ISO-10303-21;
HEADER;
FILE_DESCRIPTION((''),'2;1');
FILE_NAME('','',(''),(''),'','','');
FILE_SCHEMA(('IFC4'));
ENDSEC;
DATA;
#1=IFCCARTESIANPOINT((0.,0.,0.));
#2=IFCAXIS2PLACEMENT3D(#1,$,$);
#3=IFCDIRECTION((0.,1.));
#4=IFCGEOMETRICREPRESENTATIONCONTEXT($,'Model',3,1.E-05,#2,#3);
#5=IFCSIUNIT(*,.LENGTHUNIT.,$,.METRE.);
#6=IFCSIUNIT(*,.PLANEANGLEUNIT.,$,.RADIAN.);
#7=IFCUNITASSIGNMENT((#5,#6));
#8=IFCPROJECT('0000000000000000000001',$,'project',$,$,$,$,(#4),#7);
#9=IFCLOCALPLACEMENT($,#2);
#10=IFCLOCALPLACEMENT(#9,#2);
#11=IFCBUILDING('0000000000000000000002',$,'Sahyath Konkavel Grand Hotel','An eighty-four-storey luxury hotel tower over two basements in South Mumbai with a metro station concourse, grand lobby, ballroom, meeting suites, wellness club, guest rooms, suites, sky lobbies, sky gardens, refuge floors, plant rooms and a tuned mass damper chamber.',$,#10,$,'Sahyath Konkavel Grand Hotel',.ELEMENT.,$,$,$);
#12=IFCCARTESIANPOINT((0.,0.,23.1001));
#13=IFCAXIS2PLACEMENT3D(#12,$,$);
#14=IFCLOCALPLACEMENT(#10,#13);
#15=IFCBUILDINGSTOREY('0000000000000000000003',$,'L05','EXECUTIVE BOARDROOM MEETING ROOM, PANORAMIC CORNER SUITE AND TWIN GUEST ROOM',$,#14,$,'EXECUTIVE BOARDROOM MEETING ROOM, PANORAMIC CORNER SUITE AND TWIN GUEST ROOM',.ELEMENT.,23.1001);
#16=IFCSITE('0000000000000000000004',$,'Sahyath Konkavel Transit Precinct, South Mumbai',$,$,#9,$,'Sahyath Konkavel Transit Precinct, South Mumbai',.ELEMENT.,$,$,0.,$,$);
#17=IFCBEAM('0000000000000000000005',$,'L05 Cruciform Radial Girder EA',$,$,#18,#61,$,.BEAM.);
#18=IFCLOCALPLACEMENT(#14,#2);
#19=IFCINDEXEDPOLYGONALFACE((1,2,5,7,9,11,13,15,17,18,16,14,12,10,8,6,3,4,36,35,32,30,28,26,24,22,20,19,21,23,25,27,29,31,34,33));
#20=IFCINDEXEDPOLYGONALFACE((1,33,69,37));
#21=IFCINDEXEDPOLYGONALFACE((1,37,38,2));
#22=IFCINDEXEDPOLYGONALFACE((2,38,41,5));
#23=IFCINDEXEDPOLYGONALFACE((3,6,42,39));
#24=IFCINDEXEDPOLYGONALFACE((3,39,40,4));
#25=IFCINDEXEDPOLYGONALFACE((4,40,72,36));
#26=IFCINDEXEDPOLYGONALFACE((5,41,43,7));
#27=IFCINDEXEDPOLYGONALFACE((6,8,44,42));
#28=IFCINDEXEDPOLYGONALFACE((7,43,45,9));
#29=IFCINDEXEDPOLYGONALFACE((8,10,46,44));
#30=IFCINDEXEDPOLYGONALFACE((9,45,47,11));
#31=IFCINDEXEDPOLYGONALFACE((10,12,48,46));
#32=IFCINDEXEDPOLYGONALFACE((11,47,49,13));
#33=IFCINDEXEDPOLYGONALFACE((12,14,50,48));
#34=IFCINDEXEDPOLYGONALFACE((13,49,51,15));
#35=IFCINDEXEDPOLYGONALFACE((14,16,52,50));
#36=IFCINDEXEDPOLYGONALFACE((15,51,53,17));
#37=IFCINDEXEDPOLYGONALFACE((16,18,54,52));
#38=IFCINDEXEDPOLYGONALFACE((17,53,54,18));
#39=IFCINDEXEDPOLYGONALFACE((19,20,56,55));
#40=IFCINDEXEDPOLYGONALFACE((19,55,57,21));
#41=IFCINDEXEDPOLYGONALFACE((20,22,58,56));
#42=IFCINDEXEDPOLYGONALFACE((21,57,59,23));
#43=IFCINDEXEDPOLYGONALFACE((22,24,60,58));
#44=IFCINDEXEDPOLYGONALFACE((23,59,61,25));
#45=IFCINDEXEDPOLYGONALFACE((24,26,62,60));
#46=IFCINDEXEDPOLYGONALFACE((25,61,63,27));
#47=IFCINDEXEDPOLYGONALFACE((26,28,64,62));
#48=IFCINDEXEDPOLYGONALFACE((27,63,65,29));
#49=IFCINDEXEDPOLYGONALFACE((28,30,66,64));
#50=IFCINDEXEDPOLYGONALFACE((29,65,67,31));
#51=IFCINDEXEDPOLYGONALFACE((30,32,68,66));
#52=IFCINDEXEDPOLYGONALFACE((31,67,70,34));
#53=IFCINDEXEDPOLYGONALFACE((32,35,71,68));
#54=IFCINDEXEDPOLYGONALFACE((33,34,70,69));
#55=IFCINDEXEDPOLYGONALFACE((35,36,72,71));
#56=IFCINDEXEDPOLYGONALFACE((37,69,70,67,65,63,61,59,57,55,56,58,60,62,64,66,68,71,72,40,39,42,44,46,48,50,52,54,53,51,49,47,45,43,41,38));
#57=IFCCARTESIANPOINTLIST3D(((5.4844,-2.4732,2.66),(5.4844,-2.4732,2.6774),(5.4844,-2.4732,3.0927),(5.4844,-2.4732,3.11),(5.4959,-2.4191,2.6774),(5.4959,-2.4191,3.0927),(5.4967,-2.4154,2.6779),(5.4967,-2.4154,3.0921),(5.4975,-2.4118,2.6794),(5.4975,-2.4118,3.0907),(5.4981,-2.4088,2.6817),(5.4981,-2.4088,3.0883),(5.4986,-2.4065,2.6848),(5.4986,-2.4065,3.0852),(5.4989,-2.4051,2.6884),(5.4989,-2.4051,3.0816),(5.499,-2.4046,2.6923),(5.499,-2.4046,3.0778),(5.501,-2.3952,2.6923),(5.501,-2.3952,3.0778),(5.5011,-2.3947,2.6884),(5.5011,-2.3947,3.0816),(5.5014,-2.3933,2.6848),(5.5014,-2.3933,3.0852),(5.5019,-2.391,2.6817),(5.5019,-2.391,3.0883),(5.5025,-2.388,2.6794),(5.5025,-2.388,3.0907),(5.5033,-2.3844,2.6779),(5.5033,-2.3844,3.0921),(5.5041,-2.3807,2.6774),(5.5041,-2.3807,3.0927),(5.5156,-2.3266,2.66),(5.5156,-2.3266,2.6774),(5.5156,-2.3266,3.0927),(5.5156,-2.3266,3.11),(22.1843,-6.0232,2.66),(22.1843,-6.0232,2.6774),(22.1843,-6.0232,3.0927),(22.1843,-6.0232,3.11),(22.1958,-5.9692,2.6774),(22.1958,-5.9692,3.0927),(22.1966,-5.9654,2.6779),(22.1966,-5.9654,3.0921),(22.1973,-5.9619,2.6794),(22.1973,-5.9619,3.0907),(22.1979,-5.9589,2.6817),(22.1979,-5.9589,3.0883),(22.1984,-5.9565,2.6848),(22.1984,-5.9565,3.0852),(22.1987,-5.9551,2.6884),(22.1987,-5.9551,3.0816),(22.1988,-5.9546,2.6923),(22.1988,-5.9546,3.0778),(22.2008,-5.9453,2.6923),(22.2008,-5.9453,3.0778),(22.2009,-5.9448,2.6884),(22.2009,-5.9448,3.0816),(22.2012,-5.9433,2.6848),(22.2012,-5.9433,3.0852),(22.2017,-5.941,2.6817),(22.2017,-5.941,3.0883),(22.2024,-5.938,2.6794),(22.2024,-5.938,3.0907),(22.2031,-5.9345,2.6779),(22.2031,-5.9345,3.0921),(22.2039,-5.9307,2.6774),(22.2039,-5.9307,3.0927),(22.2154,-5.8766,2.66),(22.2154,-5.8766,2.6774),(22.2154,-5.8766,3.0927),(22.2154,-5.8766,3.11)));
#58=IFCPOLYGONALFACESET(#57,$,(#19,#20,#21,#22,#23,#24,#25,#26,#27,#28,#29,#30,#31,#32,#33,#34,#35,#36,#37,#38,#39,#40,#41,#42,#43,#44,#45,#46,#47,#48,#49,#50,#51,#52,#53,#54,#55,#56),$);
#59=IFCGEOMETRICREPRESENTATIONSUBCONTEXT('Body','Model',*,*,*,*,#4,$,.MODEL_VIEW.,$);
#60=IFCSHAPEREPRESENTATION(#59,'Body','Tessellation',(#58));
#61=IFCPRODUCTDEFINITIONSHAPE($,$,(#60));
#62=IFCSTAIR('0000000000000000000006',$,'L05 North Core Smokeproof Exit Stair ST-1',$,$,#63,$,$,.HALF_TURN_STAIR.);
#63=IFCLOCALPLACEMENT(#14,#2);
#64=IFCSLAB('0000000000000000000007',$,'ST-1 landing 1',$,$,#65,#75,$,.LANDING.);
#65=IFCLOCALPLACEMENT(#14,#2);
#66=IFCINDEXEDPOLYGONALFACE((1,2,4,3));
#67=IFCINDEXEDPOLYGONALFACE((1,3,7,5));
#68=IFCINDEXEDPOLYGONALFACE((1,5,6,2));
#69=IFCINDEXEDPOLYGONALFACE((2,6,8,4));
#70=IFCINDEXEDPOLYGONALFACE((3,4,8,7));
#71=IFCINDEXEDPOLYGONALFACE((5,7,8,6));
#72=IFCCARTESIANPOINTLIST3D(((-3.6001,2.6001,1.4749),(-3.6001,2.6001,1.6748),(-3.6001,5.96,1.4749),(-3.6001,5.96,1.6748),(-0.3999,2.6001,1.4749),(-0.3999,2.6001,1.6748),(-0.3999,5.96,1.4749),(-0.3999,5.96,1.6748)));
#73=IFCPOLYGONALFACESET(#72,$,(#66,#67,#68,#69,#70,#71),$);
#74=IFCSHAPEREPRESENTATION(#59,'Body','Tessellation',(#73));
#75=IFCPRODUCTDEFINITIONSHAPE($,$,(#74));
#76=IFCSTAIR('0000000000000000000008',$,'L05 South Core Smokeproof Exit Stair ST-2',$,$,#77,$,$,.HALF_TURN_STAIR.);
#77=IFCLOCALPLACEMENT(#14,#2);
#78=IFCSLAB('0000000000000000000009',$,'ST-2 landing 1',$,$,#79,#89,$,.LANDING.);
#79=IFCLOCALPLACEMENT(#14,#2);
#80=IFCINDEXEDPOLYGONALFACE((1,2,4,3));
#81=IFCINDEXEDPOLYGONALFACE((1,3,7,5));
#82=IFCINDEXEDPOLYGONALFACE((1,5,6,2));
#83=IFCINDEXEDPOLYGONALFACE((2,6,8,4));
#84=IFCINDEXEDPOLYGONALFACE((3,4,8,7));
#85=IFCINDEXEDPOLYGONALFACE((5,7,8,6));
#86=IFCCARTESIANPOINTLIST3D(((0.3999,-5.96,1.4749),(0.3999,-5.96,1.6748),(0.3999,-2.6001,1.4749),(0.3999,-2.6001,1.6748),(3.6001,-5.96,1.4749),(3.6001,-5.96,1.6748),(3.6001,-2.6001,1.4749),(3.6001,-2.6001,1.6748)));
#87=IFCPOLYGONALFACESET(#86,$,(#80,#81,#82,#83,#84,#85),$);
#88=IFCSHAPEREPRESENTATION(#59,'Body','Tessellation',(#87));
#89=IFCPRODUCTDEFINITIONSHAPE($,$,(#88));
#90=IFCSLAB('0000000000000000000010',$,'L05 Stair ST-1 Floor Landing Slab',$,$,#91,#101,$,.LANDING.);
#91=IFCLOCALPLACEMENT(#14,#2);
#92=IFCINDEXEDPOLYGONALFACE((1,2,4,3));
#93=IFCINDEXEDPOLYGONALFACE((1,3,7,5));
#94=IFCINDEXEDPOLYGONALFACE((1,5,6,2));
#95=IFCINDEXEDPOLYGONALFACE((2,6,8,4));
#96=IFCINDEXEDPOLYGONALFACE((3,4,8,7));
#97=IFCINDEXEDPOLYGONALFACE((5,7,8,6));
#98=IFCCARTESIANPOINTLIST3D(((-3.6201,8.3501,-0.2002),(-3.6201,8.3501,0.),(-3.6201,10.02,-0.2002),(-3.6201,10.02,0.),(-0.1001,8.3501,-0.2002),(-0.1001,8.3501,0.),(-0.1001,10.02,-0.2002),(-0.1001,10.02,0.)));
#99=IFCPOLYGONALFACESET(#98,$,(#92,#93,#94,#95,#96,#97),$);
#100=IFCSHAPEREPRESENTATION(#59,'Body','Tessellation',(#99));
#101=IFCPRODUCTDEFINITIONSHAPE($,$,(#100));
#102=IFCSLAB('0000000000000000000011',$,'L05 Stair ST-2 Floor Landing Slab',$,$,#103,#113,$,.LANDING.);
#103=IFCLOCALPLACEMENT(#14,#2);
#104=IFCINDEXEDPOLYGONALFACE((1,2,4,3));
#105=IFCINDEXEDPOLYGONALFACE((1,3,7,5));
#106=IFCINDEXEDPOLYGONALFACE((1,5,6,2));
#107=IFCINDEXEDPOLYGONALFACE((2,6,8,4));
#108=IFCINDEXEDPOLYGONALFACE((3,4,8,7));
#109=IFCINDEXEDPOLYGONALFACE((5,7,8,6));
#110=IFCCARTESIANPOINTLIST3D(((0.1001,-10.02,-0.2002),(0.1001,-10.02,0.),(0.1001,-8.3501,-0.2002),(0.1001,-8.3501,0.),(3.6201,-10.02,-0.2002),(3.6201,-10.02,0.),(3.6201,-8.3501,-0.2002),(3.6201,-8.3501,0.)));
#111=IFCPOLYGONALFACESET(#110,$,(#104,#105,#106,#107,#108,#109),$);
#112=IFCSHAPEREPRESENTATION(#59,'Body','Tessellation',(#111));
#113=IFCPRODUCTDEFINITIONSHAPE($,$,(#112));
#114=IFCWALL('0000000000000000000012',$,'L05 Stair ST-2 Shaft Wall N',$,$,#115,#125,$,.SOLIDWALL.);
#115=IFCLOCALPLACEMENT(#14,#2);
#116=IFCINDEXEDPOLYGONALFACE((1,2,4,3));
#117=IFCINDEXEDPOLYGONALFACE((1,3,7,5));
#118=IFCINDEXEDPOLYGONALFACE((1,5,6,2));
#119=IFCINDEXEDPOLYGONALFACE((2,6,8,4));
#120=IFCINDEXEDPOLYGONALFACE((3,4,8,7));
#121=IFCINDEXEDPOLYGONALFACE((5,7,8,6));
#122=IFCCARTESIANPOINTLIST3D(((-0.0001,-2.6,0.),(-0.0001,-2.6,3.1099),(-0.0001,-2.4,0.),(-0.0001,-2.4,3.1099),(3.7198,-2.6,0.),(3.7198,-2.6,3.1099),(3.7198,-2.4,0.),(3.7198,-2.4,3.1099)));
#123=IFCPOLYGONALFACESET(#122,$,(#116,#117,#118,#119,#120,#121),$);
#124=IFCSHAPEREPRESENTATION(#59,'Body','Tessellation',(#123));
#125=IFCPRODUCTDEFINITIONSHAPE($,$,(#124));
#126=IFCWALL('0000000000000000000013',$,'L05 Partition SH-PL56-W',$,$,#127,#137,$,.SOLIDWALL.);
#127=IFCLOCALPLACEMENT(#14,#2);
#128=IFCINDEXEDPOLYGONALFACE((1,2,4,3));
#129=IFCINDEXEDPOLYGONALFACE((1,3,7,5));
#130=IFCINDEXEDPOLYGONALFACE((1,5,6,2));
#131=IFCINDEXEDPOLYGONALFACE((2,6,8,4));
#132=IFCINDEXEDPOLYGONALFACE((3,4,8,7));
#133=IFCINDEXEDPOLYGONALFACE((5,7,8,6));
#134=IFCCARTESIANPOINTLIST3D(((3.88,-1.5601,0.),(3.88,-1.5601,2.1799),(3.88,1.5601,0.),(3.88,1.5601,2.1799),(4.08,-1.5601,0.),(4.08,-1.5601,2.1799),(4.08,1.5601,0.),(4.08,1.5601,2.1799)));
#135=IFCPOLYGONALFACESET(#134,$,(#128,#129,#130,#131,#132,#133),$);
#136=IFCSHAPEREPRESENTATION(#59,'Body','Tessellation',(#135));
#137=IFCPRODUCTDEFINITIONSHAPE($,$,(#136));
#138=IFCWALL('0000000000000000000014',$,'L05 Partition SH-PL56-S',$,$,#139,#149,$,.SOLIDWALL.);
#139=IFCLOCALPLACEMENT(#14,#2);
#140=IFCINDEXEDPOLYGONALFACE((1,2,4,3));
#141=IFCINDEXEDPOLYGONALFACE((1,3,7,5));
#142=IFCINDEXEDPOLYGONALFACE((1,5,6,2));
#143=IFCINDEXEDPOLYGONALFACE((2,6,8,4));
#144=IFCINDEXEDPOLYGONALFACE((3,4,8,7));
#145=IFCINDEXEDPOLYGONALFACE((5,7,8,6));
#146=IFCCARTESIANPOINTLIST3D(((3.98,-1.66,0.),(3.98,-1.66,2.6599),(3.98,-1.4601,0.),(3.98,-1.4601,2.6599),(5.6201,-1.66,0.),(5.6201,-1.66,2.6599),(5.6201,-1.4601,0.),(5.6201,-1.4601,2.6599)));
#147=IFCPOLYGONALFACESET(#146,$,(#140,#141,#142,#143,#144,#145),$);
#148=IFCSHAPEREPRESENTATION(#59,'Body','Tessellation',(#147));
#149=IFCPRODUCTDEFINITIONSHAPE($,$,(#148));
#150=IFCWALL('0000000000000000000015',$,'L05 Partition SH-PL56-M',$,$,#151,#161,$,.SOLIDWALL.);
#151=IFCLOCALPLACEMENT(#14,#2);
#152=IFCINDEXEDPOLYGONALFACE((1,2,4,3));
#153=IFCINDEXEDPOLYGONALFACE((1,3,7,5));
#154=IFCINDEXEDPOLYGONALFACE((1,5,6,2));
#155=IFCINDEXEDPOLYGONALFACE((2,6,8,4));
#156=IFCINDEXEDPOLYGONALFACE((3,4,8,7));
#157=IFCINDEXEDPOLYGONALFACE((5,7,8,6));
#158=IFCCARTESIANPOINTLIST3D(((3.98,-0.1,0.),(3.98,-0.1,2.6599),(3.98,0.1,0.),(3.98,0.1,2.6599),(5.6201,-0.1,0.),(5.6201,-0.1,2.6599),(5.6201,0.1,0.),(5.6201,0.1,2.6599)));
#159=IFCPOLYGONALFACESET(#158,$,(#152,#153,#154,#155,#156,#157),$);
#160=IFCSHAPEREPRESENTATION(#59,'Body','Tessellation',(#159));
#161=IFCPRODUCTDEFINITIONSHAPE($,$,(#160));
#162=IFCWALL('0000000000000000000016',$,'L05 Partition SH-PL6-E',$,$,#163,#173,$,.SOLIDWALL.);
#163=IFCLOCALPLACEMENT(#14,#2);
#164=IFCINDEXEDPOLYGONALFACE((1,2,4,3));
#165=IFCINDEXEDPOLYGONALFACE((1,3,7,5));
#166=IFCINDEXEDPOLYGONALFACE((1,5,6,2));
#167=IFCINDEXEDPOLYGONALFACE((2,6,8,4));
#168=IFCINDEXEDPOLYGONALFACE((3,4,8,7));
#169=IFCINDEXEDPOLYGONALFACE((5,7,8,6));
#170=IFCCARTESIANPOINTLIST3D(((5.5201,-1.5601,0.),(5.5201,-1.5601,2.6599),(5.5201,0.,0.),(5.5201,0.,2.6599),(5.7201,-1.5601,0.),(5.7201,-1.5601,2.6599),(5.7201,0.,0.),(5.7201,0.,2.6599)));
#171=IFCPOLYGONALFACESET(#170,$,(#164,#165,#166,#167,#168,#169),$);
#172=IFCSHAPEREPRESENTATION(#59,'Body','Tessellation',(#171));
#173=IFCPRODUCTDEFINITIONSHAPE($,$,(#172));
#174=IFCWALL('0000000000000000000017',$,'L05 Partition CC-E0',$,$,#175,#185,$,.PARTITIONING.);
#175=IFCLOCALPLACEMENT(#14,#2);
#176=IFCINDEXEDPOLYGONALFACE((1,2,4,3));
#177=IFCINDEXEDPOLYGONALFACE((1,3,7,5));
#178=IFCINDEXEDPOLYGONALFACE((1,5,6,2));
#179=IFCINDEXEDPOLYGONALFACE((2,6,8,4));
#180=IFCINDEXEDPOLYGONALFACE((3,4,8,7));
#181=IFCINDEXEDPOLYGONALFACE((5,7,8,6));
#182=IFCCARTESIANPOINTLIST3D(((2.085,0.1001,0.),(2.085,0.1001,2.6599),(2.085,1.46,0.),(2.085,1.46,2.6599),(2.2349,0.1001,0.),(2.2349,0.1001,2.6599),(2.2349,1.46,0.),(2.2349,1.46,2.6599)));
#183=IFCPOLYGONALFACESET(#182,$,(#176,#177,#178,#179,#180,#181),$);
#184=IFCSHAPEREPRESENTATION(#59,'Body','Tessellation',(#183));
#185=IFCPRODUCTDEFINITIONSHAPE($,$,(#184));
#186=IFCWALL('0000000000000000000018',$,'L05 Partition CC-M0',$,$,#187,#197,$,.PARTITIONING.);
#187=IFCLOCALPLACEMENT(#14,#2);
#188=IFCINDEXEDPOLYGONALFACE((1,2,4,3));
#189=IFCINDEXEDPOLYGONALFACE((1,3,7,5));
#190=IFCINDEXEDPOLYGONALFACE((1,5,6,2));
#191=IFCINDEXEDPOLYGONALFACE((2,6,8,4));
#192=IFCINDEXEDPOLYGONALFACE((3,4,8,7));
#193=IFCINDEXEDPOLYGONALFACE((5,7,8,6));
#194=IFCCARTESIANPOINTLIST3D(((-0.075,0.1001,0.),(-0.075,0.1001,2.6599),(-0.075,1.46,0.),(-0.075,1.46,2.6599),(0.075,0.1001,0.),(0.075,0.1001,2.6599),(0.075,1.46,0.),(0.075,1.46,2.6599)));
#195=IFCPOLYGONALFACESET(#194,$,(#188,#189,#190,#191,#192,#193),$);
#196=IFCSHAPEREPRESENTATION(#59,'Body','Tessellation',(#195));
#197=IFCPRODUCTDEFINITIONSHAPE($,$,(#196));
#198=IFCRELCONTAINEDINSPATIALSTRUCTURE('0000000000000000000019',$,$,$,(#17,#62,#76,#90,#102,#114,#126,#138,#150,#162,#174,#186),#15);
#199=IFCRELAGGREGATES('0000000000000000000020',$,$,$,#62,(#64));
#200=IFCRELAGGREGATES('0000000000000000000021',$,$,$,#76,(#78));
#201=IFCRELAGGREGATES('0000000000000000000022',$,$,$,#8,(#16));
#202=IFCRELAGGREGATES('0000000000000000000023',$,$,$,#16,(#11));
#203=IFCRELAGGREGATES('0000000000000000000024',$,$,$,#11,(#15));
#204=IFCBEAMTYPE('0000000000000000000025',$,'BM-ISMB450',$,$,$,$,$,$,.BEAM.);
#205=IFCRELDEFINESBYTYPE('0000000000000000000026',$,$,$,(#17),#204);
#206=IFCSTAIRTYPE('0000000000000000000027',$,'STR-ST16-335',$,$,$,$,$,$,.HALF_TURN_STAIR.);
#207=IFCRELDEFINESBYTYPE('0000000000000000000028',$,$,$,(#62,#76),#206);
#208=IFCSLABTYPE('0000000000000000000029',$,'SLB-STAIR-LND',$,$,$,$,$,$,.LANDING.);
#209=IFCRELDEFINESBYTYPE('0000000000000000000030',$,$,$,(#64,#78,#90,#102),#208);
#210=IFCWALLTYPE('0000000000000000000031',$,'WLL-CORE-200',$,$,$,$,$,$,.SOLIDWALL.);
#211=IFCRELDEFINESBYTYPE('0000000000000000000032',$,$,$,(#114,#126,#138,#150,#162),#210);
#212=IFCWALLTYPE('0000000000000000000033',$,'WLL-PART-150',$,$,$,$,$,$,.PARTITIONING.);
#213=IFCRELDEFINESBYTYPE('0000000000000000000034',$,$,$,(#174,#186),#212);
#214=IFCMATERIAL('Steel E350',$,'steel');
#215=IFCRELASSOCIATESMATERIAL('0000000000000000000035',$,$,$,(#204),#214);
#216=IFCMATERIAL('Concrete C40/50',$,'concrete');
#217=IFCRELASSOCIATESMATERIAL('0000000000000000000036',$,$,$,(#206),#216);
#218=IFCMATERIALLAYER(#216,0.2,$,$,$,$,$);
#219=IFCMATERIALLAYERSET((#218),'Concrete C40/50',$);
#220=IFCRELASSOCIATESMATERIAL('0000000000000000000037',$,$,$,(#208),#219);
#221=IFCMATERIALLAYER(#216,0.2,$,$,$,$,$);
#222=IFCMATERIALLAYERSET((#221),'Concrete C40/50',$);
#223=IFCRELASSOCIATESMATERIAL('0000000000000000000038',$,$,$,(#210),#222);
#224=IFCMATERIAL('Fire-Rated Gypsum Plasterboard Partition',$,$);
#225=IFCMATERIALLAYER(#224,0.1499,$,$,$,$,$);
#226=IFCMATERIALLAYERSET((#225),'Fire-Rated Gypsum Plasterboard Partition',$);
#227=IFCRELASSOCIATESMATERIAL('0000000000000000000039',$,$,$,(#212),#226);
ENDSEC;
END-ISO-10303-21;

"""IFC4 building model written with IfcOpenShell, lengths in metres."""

from ifc_helpers import new_model, si_unit, direction, frame, frame_2d, origin, origin_2d, place, context, subcontext, project, spatial, polyline, rectangle, i_section, outline, extrude, source, transform, mapped, material, layer, layer_set, material_profile, profile_set, type_object, element, aggregate, save


model = new_model("IFC4")

# Units and contexts
model_context = context("Model", 3, precision=1e-05, world=origin(), true_north=direction((0.0, 1.0)))
body_context = subcontext(model_context, "Body", "Model", "MODEL_VIEW")
ifc_project = project(units=[si_unit("LENGTHUNIT", "METRE"), si_unit("PLANEANGLEUNIT", "RADIAN")], contexts=[model_context])

# Site, building, storey
site_placement = place(None, origin())
site = spatial("IfcSite", under=ifc_project, at=site_placement, Name="Sahyath Konkavel Transit Precinct, South Mumbai", LongName="Sahyath Konkavel Transit Precinct, South Mumbai", CompositionType="ELEMENT", RefElevation=0.0)
building_placement = place(site_placement, origin())
building = spatial("IfcBuilding", under=site, at=building_placement, Name="Sahyath Konkavel Grand Hotel", Description="An eighty-four-storey luxury hotel tower over two basements in South Mumbai with a metro station concourse, grand lobby, ballroom, meeting suites, wellness club, guest rooms, suites, sky lobbies, sky gardens, refuge floors, plant rooms and a tuned mass damper chamber.", LongName="Sahyath Konkavel Grand Hotel", CompositionType="ELEMENT")
storey_placement = place(building_placement, frame((0.0, 0.0, 23.1001)))
storey = spatial("IfcBuildingStorey", under=building, at=storey_placement, Name="L05", Description="EXECUTIVE BOARDROOM MEETING ROOM, PANORAMIC CORNER SUITE AND TWIN GUEST ROOM", LongName="EXECUTIVE BOARDROOM MEETING ROOM, PANORAMIC CORNER SUITE AND TWIN GUEST ROOM", CompositionType="ELEMENT", Elevation=23.1001)

# Beam
ifc_material_1 = material(Name="Steel E350", Category="steel")
ifc_material_profile_1 = material_profile(ifc_material_1, i_section(OverallWidth=0.1499, OverallDepth=0.45, WebThickness=0.0095, FlangeThickness=0.0173, FilletRadius=0.0149, at=origin_2d()), Name="ISMB 450")
ifc_profile_set_1 = profile_set([ifc_material_profile_1], Name="Steel E350")
beam_type_1 = type_object("IfcBeamType", Name="BM-ISMB450", PredefinedType="BEAM", material=ifc_profile_set_1)
shared_shape_1 = source(origin(), body_context, "Body", "SweptSolid", [
    extrude(i_section(OverallWidth=0.1499, OverallDepth=0.45, WebThickness=0.0095, FlangeThickness=0.0173, FilletRadius=0.0149, at=origin_2d()), origin(), (0.0, 0.0, 1.0), 17.073),
])
beam_1_placement = place(storey_placement, frame((5.5, -2.3999, 2.885), z_axis=(0.978143, -0.207932, 0.0), x_axis=(0.207932, 0.978143, 0.0)))
element("IfcBeam", 1, at=beam_1_placement, inside=storey, type_object=beam_type_1, Name="L05 Cruciform Radial Girder EA", PredefinedType="BEAM", context=body_context, shape_type="MappedRepresentation", body=[
    mapped(shared_shape_1, transform((0.0, 0.0, 0.0), scale=1.0)),
])

# Stairs, slabs
ifc_material_2 = material(Name="Concrete C40/50", Category="concrete")
stair_type = type_object("IfcStairType", Name="STR-ST16-335", PredefinedType="HALF_TURN_STAIR", material=ifc_material_2)
stair_1_placement = place(storey_placement, origin())
stair_1 = element("IfcStair", 2, at=stair_1_placement, inside=storey, type_object=stair_type, Name="L05 North Core Smokeproof Exit Stair ST-1", PredefinedType="HALF_TURN_STAIR")
ifc_layer_1 = layer(ifc_material_2, 0.2)
ifc_layer_set_1 = layer_set([ifc_layer_1], Name="Concrete C40/50")
slab_type = type_object("IfcSlabType", Name="SLB-STAIR-LND", PredefinedType="LANDING", material=ifc_layer_set_1)
slab_1_placement = place(storey_placement, frame((0.0, 0.0, 1.4749)))
slab_1 = element("IfcSlab", 3, at=slab_1_placement, type_object=slab_type, Name="ST-1 landing 1", PredefinedType="LANDING", context=body_context, shape_type="SweptSolid", body=[
    extrude(outline(polyline([(-3.6001, 5.96), (-3.6001, 2.6001), (-0.3999, 2.6001), (-0.3999, 5.96), (-3.6001, 5.96)])), origin(), (0.0, 0.0, 1.0), 0.2),
])
aggregate(stair_1, [slab_1])
stair_2_placement = place(storey_placement, origin())
stair_2 = element("IfcStair", 4, at=stair_2_placement, inside=storey, type_object=stair_type, Name="L05 South Core Smokeproof Exit Stair ST-2", PredefinedType="HALF_TURN_STAIR")
slab_2_placement = place(storey_placement, frame((0.0, 0.0, 1.4749)))
slab_2 = element("IfcSlab", 5, at=slab_2_placement, type_object=slab_type, Name="ST-2 landing 1", PredefinedType="LANDING", context=body_context, shape_type="SweptSolid", body=[
    extrude(outline(polyline([(3.6001, -5.96), (3.6001, -2.6001), (0.3999, -2.6001), (0.3999, -5.96), (3.6001, -5.96)])), origin(), (0.0, 0.0, 1.0), 0.2),
])

# Slabs
slab_3_placement = place(storey_placement, frame((0.0, 0.0, -0.2002)))
element("IfcSlab", 6, at=slab_3_placement, inside=storey, type_object=slab_type, Name="L05 Stair ST-1 Floor Landing Slab", PredefinedType="LANDING", context=body_context, shape_type="SweptSolid", body=[
    extrude(outline(polyline([(-3.6201, 8.3501), (-0.1001, 8.3501), (-0.1001, 10.02), (-3.6201, 10.02), (-3.6201, 8.3501)])), origin(), (0.0, 0.0, 1.0), 0.2002),
])
slab_4_placement = place(storey_placement, frame((0.0, 0.0, -0.2002)))
element("IfcSlab", 7, at=slab_4_placement, inside=storey, type_object=slab_type, Name="L05 Stair ST-2 Floor Landing Slab", PredefinedType="LANDING", context=body_context, shape_type="SweptSolid", body=[
    extrude(outline(polyline([(0.1001, -10.02), (3.6201, -10.02), (3.6201, -8.3501), (0.1001, -8.3501), (0.1001, -10.02)])), origin(), (0.0, 0.0, 1.0), 0.2002),
])

# Walls
ifc_layer_2 = layer(ifc_material_2, 0.2)
ifc_layer_set_2 = layer_set([ifc_layer_2], Name="Concrete C40/50")
wall_type_1 = type_object("IfcWallType", Name="WLL-CORE-200", PredefinedType="SOLIDWALL", material=ifc_layer_set_2)
wall_1_placement = place(storey_placement, frame((0.0, -2.5, 0.0), z_axis=(0.0, 0.0, 1.0), x_axis=(1.0, 0.0, 0.0)))
element("IfcWall", 8, at=wall_1_placement, inside=storey, type_object=wall_type_1, Name="L05 Stair ST-2 Shaft Wall N", PredefinedType="SOLIDWALL", context=body_context, shape_type="SweptSolid", body=[
    extrude(rectangle(XDim=3.72, YDim=0.2, at=frame_2d((1.8599, 0.0))), origin(), (0.0, 0.0, 1.0), 3.1099),
])
wall_2_placement = place(storey_placement, frame((3.98, -1.5601, 0.0), z_axis=(0.0, 0.0, 1.0), x_axis=(0.0, 1.0, 0.0)))
element("IfcWall", 9, at=wall_2_placement, inside=storey, type_object=wall_type_1, Name="L05 Partition SH-PL56-W", PredefinedType="SOLIDWALL", context=body_context, shape_type="SweptSolid", body=[
    extrude(rectangle(XDim=3.1201, YDim=0.2, at=frame_2d((1.5601, 0.0))), origin(), (0.0, 0.0, 1.0), 2.1799),
])
for number, where, z_axis, x_axis, name in (
    (10, (3.98, -1.5601, 0.0), (0.0, 0.0, 1.0), (1.0, 0.0, 0.0), "L05 Partition SH-PL56-S"),
    (11, (3.98, 0.0, 0.0), (0.0, 0.0, 1.0), (1.0, 0.0, 0.0), "L05 Partition SH-PL56-M"),
):
    element("IfcWall", number, at=place(storey_placement, frame(where, z_axis=z_axis, x_axis=x_axis)), inside=storey, type_object=wall_type_1, Name=name, PredefinedType="SOLIDWALL", context=body_context, shape_type="SweptSolid", body=[
        extrude(rectangle(XDim=1.6401, YDim=0.2, at=frame_2d((0.8201, 0.0))), origin(), (0.0, 0.0, 1.0), 2.6599),
    ])
wall_3_placement = place(storey_placement, frame((5.6201, -1.5601, 0.0), z_axis=(0.0, 0.0, 1.0), x_axis=(0.0, 1.0, 0.0)))
element("IfcWall", 12, at=wall_3_placement, inside=storey, type_object=wall_type_1, Name="L05 Partition SH-PL6-E", PredefinedType="SOLIDWALL", context=body_context, shape_type="SweptSolid", body=[
    extrude(rectangle(XDim=1.5601, YDim=0.2, at=frame_2d((0.78, 0.0))), origin(), (0.0, 0.0, 1.0), 2.6599),
])
ifc_material_3 = material(Name="Fire-Rated Gypsum Plasterboard Partition")
ifc_layer_3 = layer(ifc_material_3, 0.1499)
ifc_layer_set_3 = layer_set([ifc_layer_3], Name="Fire-Rated Gypsum Plasterboard Partition")
wall_type_2 = type_object("IfcWallType", Name="WLL-PART-150", PredefinedType="PARTITIONING", material=ifc_layer_set_3)
for number, where, z_axis, x_axis, name in (
    (13, (2.1599, 0.1001, 0.0), (0.0, 0.0, 1.0), (0.0, 1.0, 0.0), "L05 Partition CC-E0"),
    (14, (0.0, 0.1001, 0.0), (0.0, 0.0, 1.0), (0.0, 1.0, 0.0), "L05 Partition CC-M0"),
):
    element("IfcWall", number, at=place(storey_placement, frame(where, z_axis=z_axis, x_axis=x_axis)), inside=storey, type_object=wall_type_2, Name=name, PredefinedType="PARTITIONING", context=body_context, shape_type="SweptSolid", body=[
        extrude(rectangle(XDim=1.3599, YDim=0.1499, at=frame_2d((0.6799, 0.0))), origin(), (0.0, 0.0, 1.0), 2.6599),
    ])

aggregate(stair_2, [slab_2])

save(model, "model.ifc")
